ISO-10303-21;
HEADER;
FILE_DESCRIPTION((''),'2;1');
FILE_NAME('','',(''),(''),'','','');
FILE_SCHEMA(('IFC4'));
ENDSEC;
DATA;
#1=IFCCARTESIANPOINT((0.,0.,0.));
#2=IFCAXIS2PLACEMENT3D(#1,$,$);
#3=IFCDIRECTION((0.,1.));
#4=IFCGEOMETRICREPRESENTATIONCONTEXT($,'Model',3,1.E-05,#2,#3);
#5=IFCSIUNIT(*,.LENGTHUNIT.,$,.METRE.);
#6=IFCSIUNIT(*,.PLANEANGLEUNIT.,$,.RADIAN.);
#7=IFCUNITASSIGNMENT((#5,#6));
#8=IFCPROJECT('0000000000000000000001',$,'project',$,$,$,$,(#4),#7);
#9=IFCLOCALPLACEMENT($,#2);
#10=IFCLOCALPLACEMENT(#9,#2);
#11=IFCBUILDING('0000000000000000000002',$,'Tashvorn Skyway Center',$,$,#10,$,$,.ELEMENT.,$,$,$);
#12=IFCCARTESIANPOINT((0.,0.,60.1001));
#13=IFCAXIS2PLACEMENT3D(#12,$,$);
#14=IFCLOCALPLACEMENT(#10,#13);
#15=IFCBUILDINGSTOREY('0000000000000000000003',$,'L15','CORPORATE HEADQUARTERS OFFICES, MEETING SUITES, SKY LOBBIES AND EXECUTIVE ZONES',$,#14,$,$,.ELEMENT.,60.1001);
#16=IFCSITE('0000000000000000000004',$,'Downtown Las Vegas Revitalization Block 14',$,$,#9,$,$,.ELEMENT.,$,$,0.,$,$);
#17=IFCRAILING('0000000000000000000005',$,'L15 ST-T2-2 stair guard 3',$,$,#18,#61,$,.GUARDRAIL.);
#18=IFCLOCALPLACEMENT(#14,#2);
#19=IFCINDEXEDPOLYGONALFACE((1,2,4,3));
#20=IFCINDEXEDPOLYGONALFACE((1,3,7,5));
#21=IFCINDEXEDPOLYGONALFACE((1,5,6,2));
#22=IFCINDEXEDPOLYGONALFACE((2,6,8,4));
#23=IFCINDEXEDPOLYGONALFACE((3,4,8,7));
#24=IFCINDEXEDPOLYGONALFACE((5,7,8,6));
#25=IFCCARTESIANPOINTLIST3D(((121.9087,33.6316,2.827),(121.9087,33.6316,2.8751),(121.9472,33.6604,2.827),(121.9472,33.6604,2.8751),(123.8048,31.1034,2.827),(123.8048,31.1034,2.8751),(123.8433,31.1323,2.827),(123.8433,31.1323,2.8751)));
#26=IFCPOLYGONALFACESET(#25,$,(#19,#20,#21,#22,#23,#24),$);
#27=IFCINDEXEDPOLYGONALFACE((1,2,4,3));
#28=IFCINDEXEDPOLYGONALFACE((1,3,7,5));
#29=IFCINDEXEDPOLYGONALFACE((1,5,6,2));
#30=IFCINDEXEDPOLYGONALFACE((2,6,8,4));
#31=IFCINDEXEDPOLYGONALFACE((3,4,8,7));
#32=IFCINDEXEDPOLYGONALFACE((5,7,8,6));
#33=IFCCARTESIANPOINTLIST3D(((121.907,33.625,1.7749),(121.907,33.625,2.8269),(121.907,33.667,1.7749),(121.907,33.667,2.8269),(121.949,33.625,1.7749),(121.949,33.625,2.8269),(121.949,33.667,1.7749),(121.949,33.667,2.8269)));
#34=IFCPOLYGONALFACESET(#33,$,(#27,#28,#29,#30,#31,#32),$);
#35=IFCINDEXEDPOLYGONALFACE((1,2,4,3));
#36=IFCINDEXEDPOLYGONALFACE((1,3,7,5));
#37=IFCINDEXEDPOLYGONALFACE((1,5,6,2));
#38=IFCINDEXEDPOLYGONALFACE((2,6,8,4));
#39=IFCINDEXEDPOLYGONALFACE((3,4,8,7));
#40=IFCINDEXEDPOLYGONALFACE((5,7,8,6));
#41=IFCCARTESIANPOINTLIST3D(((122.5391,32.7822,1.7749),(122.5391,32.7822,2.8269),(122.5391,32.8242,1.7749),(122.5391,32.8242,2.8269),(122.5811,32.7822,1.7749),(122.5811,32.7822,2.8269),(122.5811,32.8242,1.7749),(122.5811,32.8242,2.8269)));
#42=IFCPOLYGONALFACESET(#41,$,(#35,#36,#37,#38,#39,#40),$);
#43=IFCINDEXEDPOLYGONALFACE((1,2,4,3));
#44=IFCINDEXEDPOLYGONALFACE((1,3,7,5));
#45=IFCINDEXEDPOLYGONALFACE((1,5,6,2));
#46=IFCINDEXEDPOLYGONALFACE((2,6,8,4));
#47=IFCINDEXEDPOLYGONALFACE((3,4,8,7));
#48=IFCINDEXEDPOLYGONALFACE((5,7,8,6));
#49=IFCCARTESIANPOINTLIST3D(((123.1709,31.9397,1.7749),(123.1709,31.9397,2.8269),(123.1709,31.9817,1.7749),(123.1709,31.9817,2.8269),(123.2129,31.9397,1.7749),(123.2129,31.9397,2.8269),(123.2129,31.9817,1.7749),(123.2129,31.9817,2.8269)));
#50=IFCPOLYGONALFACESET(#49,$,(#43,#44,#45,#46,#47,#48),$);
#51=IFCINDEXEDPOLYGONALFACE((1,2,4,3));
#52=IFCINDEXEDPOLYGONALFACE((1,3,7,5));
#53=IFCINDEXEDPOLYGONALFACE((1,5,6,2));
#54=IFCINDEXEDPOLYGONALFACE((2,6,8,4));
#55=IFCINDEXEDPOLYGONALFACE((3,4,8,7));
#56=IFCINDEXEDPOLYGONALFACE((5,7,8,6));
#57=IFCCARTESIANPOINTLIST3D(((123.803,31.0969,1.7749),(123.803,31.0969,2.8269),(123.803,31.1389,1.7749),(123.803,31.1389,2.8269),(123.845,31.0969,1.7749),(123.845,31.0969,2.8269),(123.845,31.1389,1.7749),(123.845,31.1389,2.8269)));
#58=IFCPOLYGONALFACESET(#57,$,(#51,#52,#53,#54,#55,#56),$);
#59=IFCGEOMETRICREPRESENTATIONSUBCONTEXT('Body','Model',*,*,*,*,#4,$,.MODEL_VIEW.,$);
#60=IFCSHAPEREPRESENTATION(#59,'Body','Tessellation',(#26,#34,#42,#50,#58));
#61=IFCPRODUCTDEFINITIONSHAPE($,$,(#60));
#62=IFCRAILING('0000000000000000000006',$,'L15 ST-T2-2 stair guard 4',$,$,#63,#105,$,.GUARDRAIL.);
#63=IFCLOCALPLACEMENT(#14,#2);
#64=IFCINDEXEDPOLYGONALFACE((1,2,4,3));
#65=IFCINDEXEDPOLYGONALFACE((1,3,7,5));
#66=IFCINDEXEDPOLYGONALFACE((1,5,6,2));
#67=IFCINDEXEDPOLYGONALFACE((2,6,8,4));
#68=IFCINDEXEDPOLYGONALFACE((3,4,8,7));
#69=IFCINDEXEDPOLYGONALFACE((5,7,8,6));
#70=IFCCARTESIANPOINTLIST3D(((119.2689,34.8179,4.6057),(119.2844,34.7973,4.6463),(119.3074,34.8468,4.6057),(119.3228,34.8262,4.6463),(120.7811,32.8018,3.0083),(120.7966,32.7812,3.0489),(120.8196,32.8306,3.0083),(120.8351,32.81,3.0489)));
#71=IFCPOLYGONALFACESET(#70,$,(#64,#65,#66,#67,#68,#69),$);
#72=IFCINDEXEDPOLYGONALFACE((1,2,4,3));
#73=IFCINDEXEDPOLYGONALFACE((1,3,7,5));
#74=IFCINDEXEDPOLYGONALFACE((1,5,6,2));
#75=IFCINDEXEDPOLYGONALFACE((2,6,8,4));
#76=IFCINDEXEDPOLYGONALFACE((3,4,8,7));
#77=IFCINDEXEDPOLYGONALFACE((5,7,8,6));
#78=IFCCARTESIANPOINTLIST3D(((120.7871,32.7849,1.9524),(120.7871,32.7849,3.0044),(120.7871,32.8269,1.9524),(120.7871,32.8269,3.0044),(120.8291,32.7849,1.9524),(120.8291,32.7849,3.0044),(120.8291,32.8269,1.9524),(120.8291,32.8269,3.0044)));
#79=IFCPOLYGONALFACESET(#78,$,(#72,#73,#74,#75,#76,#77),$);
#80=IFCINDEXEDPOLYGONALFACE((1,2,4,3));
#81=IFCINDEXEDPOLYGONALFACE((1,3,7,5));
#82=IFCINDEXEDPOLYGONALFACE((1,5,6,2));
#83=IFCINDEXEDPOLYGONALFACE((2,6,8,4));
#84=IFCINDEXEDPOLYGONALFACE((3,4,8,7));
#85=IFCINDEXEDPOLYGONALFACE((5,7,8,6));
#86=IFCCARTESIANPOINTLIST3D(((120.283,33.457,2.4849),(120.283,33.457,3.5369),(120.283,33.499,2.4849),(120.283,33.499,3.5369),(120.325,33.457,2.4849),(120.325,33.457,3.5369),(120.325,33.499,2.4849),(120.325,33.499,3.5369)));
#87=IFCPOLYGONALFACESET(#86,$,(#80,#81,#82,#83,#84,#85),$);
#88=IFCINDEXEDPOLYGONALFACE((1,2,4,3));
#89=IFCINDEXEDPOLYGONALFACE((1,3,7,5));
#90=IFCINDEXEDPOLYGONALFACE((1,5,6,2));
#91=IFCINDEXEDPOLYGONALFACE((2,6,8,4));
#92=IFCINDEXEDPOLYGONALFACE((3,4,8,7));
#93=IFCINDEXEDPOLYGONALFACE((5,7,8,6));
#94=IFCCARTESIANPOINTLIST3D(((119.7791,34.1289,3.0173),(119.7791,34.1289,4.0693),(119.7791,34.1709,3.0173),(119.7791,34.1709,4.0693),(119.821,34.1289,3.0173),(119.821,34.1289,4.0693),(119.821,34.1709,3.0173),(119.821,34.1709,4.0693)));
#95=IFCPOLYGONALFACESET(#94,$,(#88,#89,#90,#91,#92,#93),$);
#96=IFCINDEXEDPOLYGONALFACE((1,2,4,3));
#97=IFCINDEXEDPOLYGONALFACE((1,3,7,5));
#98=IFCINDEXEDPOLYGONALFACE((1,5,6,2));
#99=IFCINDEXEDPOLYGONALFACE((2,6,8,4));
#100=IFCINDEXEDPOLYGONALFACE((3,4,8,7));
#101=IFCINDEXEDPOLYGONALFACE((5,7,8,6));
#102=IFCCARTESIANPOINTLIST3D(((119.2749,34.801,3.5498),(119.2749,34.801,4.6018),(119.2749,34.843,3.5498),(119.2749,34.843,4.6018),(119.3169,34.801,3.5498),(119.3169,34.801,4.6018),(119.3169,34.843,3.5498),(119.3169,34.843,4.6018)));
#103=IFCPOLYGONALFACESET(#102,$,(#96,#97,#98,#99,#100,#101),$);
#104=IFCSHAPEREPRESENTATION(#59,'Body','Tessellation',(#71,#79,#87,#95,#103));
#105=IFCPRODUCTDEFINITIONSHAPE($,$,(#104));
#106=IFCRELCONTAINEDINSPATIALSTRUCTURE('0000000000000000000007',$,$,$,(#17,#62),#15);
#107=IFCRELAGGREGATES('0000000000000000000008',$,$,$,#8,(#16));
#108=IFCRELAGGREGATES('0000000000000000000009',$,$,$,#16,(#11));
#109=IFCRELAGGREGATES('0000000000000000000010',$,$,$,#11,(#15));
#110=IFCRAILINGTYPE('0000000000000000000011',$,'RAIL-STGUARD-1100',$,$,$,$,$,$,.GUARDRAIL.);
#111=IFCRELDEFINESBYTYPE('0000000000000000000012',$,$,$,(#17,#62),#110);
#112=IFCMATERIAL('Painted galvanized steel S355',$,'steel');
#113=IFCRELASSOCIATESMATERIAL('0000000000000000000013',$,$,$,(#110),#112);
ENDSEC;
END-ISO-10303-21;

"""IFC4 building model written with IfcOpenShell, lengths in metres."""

from ifc_helpers import new_model, si_unit, direction, frame, origin, origin_2d, place, context, subcontext, project, spatial, rectangle, extrude, material, type_object, element, save


model = new_model("IFC4")

# Units and contexts
model_context = context("Model", 3, precision=1e-05, world=origin(), true_north=direction((0.0, 1.0)))
body_context = subcontext(model_context, "Body", "Model", "MODEL_VIEW")
ifc_project = project(units=[si_unit("LENGTHUNIT", "METRE"), si_unit("PLANEANGLEUNIT", "RADIAN")], contexts=[model_context])

# Site, building, storey
site_placement = place(None, origin())
site = spatial("IfcSite", under=ifc_project, at=site_placement, Name="Downtown Las Vegas Revitalization Block 14", CompositionType="ELEMENT", RefElevation=0.0)
building_placement = place(site_placement, origin())
building = spatial("IfcBuilding", under=site, at=building_placement, Name="Tashvorn Skyway Center", CompositionType="ELEMENT")
storey_placement = place(building_placement, frame((0.0, 0.0, 60.1001)))
storey = spatial("IfcBuildingStorey", under=building, at=storey_placement, Name="L15", Description="CORPORATE HEADQUARTERS OFFICES, MEETING SUITES, SKY LOBBIES AND EXECUTIVE ZONES", CompositionType="ELEMENT", Elevation=60.1001)

# Railings
ifc_material_1 = material(Name="Painted galvanized steel S355", Category="steel")
railing_type_1 = type_object("IfcRailingType", Name="RAIL-STGUARD-1100", PredefinedType="GUARDRAIL", material=ifc_material_1)
railing_1_placement = place(storey_placement, frame((121.928, 33.646, 1.7749)))
element("IfcRailing", 1, at=railing_1_placement, inside=storey, type_object=railing_type_1, Name="L15 ST-T2-2 stair guard 3", PredefinedType="GUARDRAIL", context=body_context, shape_type="SweptSolid", body=[
    extrude(rectangle(XDim=0.0481, YDim=0.0481, at=origin_2d()), frame((0.0, 0.0, 1.0762), z_axis=(0.599988, -0.800009, 0.0), x_axis=(0.800009, 0.599988, 0.0)), (0.0, 0.0, 1.0), 3.1602),
    extrude(rectangle(XDim=0.042, YDim=0.042, at=origin_2d()), origin(), (0.0, 0.0, 1.0), 1.052),
    extrude(rectangle(XDim=0.042, YDim=0.042, at=origin_2d()), frame((0.6321, -0.8428, 0.0)), (0.0, 0.0, 1.0), 1.052),
    extrude(rectangle(XDim=0.042, YDim=0.042, at=origin_2d()), frame((1.2639, -1.6853, 0.0)), (0.0, 0.0, 1.0), 1.052),
    extrude(rectangle(XDim=0.042, YDim=0.042, at=origin_2d()), frame((1.896, -2.5281, 0.0)), (0.0, 0.0, 1.0), 1.052),
])
railing_2_placement = place(storey_placement, frame((120.8081, 32.8059, 1.9524)))
element("IfcRailing", 2, at=railing_2_placement, inside=storey, type_object=railing_type_1, Name="L15 ST-T2-2 stair guard 4", PredefinedType="GUARDRAIL", context=body_context, shape_type="SweptSolid", body=[
    extrude(rectangle(XDim=0.0481, YDim=0.0481, at=origin_2d()), frame((0.0, 0.0, 1.0762), z_axis=(-0.506802, 0.675681, 0.535357), x_axis=(-0.799977, -0.600031, 0.0)), (0.0, 0.0, 1.0), 2.9839),
    extrude(rectangle(XDim=0.042, YDim=0.042, at=origin_2d()), origin(), (0.0, 0.0, 1.0), 1.052),
    extrude(rectangle(XDim=0.042, YDim=0.042, at=origin_2d()), frame((-0.5042, 0.6721, 0.5325)), (0.0, 0.0, 1.0), 1.052),
    extrude(rectangle(XDim=0.042, YDim=0.042, at=origin_2d()), frame((-1.0081, 1.344, 1.0649)), (0.0, 0.0, 1.0), 1.052),
    extrude(rectangle(XDim=0.042, YDim=0.042, at=origin_2d()), frame((-1.5122, 2.0161, 1.5974)), (0.0, 0.0, 1.0), 1.052),
])

save(model, "model.ifc")
